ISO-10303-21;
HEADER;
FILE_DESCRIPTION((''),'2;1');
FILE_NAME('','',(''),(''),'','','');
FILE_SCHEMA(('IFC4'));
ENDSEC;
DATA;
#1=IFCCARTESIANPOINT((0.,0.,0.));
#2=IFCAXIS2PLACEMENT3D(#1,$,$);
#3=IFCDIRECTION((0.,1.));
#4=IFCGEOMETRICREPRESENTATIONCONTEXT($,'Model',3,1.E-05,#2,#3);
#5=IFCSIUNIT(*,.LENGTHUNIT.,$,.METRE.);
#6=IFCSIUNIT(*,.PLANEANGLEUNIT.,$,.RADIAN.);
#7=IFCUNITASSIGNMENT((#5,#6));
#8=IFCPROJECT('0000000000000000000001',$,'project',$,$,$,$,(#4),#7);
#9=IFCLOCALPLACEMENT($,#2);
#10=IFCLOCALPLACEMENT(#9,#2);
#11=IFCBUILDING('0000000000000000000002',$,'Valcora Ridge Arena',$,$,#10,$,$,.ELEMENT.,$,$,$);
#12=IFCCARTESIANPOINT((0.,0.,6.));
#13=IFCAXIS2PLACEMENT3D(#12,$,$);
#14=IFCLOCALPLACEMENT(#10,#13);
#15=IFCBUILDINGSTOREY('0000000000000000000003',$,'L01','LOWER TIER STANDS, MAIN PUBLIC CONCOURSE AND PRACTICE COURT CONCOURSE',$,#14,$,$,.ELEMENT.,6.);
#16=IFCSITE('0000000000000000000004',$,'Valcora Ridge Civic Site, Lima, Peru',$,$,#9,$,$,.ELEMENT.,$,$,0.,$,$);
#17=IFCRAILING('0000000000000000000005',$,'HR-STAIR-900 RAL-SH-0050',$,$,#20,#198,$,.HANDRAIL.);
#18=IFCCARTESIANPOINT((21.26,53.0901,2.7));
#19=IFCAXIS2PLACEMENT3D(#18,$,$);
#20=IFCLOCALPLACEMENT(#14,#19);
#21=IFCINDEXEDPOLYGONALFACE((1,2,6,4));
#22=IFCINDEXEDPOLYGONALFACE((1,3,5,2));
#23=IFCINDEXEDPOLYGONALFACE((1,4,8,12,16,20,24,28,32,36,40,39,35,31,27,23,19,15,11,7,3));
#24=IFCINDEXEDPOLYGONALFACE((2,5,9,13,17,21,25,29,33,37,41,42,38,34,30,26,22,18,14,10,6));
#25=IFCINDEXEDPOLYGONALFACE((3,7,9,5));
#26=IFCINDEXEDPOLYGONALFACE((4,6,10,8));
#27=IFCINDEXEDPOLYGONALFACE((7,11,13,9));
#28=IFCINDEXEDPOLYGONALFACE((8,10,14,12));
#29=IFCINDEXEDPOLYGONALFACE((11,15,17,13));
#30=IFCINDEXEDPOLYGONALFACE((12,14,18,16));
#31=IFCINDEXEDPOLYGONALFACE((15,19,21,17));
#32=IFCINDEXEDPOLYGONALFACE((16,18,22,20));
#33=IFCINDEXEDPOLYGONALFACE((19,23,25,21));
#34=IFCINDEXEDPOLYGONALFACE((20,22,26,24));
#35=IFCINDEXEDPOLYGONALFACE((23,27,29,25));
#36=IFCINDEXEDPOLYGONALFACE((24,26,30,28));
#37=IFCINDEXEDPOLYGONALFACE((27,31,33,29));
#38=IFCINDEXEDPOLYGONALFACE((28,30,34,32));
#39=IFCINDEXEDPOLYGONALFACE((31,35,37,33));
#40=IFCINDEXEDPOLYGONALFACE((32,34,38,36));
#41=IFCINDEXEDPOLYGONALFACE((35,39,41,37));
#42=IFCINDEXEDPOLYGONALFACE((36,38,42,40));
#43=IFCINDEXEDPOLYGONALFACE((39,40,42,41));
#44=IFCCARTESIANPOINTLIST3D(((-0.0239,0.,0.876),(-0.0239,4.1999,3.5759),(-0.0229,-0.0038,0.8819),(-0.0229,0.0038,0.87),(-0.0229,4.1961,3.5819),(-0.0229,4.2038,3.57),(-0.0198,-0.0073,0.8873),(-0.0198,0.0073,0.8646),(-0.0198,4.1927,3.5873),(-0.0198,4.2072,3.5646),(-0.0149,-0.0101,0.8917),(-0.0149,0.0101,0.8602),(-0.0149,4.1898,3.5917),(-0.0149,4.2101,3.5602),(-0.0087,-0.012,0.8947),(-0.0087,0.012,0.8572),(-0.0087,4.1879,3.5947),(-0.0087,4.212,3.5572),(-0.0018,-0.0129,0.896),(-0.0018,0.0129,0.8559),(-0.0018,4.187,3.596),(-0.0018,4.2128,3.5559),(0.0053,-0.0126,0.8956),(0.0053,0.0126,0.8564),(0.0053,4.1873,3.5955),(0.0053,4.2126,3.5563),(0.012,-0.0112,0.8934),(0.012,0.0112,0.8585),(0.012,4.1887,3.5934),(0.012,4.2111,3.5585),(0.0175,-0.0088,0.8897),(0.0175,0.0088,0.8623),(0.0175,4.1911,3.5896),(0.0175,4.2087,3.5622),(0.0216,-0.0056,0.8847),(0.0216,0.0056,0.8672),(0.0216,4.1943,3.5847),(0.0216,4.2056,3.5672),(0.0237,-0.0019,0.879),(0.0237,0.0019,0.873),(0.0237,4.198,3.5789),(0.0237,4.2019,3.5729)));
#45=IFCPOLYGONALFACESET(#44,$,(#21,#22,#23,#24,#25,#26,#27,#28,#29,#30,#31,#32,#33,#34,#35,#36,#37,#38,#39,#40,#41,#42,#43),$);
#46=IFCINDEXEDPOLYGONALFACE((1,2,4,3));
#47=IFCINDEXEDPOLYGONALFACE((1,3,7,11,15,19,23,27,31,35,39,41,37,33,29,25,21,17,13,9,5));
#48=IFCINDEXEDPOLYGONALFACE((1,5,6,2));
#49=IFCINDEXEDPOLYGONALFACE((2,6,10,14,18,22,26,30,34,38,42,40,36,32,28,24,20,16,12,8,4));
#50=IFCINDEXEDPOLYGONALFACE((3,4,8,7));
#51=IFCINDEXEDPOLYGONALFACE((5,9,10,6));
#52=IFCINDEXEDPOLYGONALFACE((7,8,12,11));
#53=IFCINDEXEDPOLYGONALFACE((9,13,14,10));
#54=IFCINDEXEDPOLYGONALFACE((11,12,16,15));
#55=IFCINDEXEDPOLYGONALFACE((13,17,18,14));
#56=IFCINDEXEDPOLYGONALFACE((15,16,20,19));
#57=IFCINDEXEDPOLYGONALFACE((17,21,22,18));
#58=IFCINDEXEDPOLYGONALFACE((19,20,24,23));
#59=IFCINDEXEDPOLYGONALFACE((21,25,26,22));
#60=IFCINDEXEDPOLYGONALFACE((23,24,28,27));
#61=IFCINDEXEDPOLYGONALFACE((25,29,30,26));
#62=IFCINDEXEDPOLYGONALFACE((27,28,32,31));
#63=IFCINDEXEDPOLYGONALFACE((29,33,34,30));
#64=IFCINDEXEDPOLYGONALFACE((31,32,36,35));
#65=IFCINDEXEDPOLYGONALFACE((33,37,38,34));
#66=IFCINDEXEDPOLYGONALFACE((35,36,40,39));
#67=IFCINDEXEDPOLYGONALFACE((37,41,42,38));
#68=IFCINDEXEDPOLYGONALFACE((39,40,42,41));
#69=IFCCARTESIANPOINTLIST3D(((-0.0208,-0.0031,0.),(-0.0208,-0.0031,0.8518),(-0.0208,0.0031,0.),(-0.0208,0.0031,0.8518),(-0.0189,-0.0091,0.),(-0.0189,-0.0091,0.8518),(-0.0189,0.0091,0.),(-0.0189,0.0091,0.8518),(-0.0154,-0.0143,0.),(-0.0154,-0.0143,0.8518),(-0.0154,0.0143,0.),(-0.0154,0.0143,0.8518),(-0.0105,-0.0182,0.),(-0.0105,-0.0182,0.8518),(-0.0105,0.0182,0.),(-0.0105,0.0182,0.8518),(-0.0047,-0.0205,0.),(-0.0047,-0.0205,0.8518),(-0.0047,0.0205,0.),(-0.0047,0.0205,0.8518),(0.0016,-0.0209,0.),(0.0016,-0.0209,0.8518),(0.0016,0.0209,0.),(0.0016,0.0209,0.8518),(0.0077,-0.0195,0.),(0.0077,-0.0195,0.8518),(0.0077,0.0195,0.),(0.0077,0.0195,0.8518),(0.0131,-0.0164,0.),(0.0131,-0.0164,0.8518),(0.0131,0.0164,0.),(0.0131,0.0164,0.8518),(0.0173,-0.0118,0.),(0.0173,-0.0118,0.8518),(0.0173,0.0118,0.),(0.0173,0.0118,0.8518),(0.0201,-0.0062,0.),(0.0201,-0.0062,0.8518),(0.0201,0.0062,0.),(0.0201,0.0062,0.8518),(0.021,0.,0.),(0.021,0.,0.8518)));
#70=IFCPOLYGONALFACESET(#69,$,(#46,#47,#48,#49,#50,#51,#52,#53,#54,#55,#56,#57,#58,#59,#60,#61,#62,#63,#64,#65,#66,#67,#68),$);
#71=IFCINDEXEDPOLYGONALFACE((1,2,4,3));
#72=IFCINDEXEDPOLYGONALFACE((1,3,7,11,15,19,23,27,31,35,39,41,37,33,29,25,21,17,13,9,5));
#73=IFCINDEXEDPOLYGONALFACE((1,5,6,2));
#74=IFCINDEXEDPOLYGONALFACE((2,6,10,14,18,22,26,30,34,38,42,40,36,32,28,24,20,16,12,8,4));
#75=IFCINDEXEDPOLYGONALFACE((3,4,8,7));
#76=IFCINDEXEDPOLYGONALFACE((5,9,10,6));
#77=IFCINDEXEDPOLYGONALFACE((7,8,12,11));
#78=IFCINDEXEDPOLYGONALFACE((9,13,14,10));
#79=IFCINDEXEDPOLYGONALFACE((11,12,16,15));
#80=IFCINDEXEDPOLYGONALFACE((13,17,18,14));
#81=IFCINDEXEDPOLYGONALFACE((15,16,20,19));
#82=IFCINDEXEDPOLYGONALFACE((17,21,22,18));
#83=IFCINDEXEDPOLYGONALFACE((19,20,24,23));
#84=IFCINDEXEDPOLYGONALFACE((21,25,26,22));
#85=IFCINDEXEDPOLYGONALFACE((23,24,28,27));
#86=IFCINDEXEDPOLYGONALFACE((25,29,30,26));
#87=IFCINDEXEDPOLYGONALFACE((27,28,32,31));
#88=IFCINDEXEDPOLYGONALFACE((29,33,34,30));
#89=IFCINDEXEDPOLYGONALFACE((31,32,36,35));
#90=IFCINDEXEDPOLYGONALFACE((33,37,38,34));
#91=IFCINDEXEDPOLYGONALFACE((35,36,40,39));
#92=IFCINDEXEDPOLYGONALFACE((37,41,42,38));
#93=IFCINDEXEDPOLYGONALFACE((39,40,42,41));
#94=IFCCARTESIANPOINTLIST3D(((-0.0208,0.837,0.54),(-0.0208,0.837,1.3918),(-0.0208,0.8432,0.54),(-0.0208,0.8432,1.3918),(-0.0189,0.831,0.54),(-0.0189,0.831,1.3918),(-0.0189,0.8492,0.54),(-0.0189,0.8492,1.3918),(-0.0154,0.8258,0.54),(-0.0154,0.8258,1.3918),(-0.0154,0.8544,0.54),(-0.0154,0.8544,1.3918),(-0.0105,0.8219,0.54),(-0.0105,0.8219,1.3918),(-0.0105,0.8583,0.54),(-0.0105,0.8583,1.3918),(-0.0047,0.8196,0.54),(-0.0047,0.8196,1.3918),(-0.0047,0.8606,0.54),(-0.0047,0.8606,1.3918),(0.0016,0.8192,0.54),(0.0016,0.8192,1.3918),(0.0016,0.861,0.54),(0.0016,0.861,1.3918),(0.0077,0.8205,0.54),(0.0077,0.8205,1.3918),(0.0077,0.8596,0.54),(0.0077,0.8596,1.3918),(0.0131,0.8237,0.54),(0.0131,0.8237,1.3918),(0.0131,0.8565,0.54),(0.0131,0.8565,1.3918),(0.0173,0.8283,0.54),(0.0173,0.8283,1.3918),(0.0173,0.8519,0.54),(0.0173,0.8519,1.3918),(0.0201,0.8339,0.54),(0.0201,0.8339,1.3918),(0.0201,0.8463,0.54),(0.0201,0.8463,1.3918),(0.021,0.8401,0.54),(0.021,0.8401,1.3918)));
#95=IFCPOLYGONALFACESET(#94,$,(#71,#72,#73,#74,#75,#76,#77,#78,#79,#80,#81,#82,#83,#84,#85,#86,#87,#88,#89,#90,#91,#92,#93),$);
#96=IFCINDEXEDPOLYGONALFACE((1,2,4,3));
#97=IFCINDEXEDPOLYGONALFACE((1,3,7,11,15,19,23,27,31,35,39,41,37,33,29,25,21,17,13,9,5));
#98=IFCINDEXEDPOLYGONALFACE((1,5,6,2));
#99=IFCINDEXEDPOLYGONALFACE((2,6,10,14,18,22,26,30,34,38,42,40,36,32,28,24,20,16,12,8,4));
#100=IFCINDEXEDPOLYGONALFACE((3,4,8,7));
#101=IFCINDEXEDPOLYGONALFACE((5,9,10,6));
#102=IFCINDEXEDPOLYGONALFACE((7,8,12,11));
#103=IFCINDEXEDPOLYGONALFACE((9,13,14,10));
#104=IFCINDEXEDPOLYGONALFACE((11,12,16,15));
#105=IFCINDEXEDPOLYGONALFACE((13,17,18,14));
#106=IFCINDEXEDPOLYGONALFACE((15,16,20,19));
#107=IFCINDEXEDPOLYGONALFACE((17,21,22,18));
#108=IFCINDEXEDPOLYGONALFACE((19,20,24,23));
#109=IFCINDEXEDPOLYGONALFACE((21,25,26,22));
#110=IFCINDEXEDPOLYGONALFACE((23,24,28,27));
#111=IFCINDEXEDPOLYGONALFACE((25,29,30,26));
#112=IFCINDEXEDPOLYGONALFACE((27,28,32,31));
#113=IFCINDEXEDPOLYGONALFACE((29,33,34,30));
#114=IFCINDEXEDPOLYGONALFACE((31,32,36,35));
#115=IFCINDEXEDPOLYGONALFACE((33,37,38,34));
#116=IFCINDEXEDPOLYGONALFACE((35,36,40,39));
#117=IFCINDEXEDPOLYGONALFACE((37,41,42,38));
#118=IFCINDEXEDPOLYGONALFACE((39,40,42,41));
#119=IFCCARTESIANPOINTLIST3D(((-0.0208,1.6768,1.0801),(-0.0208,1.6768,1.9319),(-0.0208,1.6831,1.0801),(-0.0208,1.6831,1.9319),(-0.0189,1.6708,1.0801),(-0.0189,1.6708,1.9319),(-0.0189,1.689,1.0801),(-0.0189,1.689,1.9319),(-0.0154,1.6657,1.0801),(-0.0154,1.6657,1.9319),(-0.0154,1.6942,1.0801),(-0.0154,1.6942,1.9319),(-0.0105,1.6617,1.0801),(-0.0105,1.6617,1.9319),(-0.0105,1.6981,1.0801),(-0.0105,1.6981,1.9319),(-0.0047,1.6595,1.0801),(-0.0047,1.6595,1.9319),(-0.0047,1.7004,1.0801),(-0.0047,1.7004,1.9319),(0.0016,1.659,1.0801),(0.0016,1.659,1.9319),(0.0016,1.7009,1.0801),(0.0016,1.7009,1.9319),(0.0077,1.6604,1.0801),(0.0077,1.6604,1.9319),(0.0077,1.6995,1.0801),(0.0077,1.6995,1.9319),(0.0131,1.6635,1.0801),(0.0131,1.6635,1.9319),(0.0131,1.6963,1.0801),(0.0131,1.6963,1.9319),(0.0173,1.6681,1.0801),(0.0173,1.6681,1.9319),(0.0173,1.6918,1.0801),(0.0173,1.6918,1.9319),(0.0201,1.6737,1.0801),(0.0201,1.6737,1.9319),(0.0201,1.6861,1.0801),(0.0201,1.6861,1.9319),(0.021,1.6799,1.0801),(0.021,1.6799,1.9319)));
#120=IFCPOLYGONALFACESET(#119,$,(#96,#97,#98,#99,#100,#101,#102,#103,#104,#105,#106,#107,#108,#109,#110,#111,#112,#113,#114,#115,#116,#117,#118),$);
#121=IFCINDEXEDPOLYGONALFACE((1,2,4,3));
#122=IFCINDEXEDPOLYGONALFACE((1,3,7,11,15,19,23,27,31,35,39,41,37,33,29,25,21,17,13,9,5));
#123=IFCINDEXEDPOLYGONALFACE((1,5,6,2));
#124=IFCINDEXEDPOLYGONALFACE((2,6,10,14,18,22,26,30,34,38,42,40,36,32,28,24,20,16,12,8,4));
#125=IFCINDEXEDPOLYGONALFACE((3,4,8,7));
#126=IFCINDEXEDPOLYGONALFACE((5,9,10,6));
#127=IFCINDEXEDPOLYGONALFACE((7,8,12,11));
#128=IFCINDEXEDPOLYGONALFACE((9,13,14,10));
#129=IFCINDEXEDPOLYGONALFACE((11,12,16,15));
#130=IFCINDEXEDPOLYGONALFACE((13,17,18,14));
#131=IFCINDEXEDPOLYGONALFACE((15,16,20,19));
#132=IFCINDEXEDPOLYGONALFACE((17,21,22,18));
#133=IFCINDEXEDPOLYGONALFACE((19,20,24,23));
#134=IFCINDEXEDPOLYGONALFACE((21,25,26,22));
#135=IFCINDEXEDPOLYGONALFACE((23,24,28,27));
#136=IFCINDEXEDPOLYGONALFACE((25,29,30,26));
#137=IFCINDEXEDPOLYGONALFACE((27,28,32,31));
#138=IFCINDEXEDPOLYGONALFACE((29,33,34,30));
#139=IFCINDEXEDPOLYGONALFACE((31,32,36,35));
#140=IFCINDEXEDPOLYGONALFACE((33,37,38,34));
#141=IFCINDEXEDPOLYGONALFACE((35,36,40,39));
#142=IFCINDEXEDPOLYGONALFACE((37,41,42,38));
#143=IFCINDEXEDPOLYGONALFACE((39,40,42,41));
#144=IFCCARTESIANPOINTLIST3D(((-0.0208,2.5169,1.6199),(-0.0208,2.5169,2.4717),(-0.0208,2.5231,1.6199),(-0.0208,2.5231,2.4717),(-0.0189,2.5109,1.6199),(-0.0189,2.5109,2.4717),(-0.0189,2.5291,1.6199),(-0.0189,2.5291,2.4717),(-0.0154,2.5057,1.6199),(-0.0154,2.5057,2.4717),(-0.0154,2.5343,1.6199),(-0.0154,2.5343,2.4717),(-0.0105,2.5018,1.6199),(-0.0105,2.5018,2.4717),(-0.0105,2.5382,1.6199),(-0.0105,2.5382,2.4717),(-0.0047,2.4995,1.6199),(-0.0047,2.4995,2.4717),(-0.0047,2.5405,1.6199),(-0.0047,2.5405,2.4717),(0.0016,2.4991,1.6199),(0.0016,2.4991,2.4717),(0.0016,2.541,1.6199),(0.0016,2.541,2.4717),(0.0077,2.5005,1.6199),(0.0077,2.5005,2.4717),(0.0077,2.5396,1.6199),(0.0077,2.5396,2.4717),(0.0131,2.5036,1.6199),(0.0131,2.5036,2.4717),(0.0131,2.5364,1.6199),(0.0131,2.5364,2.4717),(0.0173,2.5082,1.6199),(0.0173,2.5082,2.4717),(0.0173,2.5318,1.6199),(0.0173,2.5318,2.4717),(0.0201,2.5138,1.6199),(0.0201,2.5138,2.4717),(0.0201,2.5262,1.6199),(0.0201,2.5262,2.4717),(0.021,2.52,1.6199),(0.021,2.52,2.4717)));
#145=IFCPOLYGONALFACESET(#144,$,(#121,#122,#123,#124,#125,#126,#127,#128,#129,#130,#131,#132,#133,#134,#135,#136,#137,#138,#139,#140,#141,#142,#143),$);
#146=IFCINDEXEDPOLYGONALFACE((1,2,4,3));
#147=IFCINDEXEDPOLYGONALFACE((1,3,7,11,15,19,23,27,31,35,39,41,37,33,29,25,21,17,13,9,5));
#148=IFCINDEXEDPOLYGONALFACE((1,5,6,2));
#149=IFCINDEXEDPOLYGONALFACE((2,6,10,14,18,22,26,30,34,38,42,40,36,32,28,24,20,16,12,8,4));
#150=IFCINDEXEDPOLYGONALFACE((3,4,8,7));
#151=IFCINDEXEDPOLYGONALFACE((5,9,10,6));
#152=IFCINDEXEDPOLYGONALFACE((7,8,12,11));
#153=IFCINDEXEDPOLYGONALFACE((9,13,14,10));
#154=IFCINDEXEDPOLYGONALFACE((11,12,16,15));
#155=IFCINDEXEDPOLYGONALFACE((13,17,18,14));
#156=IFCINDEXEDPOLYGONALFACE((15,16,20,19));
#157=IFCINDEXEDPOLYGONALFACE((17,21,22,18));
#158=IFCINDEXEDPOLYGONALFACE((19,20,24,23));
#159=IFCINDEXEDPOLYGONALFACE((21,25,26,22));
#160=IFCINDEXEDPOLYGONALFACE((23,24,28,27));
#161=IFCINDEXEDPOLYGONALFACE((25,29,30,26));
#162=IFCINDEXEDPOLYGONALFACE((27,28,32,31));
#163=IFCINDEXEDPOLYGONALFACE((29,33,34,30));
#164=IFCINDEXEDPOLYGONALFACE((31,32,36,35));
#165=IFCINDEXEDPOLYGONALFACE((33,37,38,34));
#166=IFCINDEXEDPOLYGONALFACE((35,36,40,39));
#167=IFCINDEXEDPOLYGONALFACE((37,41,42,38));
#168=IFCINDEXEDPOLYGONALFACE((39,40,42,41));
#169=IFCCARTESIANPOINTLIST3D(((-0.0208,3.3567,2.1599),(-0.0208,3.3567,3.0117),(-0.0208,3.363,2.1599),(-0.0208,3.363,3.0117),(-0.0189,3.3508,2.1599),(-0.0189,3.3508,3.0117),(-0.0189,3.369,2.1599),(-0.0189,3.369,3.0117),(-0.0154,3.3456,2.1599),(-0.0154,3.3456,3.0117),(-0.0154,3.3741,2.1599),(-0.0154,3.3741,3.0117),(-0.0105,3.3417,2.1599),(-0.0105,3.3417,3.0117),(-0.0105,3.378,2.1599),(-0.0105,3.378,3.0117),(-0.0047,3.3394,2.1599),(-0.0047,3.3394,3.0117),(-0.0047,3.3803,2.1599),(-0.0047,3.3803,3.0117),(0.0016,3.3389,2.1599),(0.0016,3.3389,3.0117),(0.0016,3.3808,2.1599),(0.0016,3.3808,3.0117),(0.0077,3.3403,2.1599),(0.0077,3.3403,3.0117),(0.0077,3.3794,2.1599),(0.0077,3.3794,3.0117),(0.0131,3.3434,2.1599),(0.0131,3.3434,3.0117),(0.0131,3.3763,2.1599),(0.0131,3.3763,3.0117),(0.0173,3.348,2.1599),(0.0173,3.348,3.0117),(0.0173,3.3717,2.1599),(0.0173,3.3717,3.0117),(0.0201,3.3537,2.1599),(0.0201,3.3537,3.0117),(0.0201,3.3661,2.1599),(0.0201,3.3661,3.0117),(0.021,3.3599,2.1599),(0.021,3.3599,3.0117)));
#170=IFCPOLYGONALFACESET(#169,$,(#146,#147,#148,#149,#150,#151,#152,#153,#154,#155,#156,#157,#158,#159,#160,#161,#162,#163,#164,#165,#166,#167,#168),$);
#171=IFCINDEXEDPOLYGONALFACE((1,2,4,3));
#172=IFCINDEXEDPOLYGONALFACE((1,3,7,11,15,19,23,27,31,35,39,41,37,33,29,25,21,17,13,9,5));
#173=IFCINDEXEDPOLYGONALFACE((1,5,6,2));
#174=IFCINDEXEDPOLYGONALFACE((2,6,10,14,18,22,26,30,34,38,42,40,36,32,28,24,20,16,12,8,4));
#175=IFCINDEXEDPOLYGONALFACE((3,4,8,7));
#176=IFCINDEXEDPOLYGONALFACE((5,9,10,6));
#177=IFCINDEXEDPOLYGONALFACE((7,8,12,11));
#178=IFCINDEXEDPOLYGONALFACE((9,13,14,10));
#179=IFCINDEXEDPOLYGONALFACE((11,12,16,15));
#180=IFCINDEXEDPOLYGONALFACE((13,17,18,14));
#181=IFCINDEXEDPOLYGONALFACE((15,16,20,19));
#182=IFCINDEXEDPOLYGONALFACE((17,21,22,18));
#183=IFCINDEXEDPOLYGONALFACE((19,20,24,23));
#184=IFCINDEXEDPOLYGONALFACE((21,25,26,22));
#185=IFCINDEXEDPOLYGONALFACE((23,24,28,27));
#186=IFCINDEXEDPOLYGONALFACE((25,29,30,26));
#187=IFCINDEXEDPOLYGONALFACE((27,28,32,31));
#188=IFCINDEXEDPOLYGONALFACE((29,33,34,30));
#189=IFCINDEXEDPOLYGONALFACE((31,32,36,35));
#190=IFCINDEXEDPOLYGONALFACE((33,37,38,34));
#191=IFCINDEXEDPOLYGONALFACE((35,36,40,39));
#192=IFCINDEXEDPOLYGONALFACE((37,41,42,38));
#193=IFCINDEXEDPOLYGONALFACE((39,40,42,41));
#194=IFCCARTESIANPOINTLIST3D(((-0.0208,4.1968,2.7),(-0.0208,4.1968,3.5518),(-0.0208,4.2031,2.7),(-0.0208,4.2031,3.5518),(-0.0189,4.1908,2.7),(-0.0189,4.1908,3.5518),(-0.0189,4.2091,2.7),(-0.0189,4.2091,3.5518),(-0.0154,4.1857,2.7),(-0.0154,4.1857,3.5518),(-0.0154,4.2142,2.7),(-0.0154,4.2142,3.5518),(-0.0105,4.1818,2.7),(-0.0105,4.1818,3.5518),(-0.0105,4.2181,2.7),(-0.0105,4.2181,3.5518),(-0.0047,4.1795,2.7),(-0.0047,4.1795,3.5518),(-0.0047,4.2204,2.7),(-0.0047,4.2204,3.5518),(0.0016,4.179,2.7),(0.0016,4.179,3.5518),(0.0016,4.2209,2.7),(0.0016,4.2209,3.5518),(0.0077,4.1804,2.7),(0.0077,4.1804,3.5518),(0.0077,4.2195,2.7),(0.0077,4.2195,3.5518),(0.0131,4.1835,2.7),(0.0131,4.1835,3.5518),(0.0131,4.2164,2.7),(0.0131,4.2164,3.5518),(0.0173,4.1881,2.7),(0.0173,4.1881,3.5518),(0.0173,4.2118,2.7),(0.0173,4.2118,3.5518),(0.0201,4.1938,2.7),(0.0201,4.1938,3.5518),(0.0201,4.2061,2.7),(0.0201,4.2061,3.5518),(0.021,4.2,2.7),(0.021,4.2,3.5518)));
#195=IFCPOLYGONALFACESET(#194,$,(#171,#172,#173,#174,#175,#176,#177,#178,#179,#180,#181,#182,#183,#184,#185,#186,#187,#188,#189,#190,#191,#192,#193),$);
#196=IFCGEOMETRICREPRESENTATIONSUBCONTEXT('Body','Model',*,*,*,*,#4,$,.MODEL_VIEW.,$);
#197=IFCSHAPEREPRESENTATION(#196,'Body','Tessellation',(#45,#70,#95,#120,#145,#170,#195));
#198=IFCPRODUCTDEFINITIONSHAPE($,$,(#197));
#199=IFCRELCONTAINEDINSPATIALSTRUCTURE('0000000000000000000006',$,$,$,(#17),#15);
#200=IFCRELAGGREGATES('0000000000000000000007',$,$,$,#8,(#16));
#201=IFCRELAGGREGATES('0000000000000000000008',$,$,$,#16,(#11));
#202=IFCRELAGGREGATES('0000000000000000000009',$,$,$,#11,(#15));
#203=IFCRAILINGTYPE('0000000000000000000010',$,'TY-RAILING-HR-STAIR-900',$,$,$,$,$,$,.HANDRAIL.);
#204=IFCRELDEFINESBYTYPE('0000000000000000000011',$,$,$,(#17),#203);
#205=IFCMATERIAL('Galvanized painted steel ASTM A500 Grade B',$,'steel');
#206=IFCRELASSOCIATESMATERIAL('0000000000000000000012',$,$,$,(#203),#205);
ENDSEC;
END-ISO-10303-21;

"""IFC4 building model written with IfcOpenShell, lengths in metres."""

from ifc_helpers import new_model, si_unit, direction, frame, origin, origin_2d, place, context, subcontext, project, spatial, circle, extrude, material, type_object, element, save


model = new_model("IFC4")

# Units and contexts
model_context = context("Model", 3, precision=1e-05, world=origin(), true_north=direction((0.0, 1.0)))
body_context = subcontext(model_context, "Body", "Model", "MODEL_VIEW")
ifc_project = project(units=[si_unit("LENGTHUNIT", "METRE"), si_unit("PLANEANGLEUNIT", "RADIAN")], contexts=[model_context])

# Site, building, storey
site_placement = place(None, origin())
site = spatial("IfcSite", under=ifc_project, at=site_placement, Name="Valcora Ridge Civic Site, Lima, Peru", CompositionType="ELEMENT", RefElevation=0.0)
building_placement = place(site_placement, origin())
building = spatial("IfcBuilding", under=site, at=building_placement, Name="Valcora Ridge Arena", CompositionType="ELEMENT")
storey_placement = place(building_placement, frame((0.0, 0.0, 6.0)))
storey = spatial("IfcBuildingStorey", under=building, at=storey_placement, Name="L01", Description="LOWER TIER STANDS, MAIN PUBLIC CONCOURSE AND PRACTICE COURT CONCOURSE", CompositionType="ELEMENT", Elevation=6.0)

# Railing
ifc_material_1 = material(Name="Galvanized painted steel ASTM A500 Grade B", Category="steel")
railing_type_1 = type_object("IfcRailingType", Name="TY-RAILING-HR-STAIR-900", PredefinedType="HANDRAIL", material=ifc_material_1)
railing_1_placement = place(storey_placement, frame((21.26, 53.0901, 2.7)))
element("IfcRailing", 1, at=railing_1_placement, inside=storey, type_object=railing_type_1, Name="HR-STAIR-900 RAL-SH-0050", PredefinedType="HANDRAIL", context=body_context, shape_type="SweptSolid", body=[
    extrude(circle(Radius=0.0239, at=origin_2d()), frame((0.0, 0.0, 0.876), z_axis=(0.0, 0.84118, 0.540755), x_axis=(-1.0, 0.0, 0.0)), (0.0, 0.0, 1.0), 4.9929),
    extrude(circle(Radius=0.021, at=origin_2d()), origin(), (0.0, 0.0, 1.0), 0.8518),
    extrude(circle(Radius=0.021, at=origin_2d()), frame((0.0, 0.8401, 0.54)), (0.0, 0.0, 1.0), 0.8518),
    extrude(circle(Radius=0.021, at=origin_2d()), frame((0.0, 1.6799, 1.0801)), (0.0, 0.0, 1.0), 0.8518),
    extrude(circle(Radius=0.021, at=origin_2d()), frame((0.0, 2.52, 1.6199)), (0.0, 0.0, 1.0), 0.8518),
    extrude(circle(Radius=0.021, at=origin_2d()), frame((0.0, 3.3599, 2.1599)), (0.0, 0.0, 1.0), 0.8518),
    extrude(circle(Radius=0.021, at=origin_2d()), frame((0.0, 4.2, 2.7)), (0.0, 0.0, 1.0), 0.8518),
])

save(model, "model.ifc")
